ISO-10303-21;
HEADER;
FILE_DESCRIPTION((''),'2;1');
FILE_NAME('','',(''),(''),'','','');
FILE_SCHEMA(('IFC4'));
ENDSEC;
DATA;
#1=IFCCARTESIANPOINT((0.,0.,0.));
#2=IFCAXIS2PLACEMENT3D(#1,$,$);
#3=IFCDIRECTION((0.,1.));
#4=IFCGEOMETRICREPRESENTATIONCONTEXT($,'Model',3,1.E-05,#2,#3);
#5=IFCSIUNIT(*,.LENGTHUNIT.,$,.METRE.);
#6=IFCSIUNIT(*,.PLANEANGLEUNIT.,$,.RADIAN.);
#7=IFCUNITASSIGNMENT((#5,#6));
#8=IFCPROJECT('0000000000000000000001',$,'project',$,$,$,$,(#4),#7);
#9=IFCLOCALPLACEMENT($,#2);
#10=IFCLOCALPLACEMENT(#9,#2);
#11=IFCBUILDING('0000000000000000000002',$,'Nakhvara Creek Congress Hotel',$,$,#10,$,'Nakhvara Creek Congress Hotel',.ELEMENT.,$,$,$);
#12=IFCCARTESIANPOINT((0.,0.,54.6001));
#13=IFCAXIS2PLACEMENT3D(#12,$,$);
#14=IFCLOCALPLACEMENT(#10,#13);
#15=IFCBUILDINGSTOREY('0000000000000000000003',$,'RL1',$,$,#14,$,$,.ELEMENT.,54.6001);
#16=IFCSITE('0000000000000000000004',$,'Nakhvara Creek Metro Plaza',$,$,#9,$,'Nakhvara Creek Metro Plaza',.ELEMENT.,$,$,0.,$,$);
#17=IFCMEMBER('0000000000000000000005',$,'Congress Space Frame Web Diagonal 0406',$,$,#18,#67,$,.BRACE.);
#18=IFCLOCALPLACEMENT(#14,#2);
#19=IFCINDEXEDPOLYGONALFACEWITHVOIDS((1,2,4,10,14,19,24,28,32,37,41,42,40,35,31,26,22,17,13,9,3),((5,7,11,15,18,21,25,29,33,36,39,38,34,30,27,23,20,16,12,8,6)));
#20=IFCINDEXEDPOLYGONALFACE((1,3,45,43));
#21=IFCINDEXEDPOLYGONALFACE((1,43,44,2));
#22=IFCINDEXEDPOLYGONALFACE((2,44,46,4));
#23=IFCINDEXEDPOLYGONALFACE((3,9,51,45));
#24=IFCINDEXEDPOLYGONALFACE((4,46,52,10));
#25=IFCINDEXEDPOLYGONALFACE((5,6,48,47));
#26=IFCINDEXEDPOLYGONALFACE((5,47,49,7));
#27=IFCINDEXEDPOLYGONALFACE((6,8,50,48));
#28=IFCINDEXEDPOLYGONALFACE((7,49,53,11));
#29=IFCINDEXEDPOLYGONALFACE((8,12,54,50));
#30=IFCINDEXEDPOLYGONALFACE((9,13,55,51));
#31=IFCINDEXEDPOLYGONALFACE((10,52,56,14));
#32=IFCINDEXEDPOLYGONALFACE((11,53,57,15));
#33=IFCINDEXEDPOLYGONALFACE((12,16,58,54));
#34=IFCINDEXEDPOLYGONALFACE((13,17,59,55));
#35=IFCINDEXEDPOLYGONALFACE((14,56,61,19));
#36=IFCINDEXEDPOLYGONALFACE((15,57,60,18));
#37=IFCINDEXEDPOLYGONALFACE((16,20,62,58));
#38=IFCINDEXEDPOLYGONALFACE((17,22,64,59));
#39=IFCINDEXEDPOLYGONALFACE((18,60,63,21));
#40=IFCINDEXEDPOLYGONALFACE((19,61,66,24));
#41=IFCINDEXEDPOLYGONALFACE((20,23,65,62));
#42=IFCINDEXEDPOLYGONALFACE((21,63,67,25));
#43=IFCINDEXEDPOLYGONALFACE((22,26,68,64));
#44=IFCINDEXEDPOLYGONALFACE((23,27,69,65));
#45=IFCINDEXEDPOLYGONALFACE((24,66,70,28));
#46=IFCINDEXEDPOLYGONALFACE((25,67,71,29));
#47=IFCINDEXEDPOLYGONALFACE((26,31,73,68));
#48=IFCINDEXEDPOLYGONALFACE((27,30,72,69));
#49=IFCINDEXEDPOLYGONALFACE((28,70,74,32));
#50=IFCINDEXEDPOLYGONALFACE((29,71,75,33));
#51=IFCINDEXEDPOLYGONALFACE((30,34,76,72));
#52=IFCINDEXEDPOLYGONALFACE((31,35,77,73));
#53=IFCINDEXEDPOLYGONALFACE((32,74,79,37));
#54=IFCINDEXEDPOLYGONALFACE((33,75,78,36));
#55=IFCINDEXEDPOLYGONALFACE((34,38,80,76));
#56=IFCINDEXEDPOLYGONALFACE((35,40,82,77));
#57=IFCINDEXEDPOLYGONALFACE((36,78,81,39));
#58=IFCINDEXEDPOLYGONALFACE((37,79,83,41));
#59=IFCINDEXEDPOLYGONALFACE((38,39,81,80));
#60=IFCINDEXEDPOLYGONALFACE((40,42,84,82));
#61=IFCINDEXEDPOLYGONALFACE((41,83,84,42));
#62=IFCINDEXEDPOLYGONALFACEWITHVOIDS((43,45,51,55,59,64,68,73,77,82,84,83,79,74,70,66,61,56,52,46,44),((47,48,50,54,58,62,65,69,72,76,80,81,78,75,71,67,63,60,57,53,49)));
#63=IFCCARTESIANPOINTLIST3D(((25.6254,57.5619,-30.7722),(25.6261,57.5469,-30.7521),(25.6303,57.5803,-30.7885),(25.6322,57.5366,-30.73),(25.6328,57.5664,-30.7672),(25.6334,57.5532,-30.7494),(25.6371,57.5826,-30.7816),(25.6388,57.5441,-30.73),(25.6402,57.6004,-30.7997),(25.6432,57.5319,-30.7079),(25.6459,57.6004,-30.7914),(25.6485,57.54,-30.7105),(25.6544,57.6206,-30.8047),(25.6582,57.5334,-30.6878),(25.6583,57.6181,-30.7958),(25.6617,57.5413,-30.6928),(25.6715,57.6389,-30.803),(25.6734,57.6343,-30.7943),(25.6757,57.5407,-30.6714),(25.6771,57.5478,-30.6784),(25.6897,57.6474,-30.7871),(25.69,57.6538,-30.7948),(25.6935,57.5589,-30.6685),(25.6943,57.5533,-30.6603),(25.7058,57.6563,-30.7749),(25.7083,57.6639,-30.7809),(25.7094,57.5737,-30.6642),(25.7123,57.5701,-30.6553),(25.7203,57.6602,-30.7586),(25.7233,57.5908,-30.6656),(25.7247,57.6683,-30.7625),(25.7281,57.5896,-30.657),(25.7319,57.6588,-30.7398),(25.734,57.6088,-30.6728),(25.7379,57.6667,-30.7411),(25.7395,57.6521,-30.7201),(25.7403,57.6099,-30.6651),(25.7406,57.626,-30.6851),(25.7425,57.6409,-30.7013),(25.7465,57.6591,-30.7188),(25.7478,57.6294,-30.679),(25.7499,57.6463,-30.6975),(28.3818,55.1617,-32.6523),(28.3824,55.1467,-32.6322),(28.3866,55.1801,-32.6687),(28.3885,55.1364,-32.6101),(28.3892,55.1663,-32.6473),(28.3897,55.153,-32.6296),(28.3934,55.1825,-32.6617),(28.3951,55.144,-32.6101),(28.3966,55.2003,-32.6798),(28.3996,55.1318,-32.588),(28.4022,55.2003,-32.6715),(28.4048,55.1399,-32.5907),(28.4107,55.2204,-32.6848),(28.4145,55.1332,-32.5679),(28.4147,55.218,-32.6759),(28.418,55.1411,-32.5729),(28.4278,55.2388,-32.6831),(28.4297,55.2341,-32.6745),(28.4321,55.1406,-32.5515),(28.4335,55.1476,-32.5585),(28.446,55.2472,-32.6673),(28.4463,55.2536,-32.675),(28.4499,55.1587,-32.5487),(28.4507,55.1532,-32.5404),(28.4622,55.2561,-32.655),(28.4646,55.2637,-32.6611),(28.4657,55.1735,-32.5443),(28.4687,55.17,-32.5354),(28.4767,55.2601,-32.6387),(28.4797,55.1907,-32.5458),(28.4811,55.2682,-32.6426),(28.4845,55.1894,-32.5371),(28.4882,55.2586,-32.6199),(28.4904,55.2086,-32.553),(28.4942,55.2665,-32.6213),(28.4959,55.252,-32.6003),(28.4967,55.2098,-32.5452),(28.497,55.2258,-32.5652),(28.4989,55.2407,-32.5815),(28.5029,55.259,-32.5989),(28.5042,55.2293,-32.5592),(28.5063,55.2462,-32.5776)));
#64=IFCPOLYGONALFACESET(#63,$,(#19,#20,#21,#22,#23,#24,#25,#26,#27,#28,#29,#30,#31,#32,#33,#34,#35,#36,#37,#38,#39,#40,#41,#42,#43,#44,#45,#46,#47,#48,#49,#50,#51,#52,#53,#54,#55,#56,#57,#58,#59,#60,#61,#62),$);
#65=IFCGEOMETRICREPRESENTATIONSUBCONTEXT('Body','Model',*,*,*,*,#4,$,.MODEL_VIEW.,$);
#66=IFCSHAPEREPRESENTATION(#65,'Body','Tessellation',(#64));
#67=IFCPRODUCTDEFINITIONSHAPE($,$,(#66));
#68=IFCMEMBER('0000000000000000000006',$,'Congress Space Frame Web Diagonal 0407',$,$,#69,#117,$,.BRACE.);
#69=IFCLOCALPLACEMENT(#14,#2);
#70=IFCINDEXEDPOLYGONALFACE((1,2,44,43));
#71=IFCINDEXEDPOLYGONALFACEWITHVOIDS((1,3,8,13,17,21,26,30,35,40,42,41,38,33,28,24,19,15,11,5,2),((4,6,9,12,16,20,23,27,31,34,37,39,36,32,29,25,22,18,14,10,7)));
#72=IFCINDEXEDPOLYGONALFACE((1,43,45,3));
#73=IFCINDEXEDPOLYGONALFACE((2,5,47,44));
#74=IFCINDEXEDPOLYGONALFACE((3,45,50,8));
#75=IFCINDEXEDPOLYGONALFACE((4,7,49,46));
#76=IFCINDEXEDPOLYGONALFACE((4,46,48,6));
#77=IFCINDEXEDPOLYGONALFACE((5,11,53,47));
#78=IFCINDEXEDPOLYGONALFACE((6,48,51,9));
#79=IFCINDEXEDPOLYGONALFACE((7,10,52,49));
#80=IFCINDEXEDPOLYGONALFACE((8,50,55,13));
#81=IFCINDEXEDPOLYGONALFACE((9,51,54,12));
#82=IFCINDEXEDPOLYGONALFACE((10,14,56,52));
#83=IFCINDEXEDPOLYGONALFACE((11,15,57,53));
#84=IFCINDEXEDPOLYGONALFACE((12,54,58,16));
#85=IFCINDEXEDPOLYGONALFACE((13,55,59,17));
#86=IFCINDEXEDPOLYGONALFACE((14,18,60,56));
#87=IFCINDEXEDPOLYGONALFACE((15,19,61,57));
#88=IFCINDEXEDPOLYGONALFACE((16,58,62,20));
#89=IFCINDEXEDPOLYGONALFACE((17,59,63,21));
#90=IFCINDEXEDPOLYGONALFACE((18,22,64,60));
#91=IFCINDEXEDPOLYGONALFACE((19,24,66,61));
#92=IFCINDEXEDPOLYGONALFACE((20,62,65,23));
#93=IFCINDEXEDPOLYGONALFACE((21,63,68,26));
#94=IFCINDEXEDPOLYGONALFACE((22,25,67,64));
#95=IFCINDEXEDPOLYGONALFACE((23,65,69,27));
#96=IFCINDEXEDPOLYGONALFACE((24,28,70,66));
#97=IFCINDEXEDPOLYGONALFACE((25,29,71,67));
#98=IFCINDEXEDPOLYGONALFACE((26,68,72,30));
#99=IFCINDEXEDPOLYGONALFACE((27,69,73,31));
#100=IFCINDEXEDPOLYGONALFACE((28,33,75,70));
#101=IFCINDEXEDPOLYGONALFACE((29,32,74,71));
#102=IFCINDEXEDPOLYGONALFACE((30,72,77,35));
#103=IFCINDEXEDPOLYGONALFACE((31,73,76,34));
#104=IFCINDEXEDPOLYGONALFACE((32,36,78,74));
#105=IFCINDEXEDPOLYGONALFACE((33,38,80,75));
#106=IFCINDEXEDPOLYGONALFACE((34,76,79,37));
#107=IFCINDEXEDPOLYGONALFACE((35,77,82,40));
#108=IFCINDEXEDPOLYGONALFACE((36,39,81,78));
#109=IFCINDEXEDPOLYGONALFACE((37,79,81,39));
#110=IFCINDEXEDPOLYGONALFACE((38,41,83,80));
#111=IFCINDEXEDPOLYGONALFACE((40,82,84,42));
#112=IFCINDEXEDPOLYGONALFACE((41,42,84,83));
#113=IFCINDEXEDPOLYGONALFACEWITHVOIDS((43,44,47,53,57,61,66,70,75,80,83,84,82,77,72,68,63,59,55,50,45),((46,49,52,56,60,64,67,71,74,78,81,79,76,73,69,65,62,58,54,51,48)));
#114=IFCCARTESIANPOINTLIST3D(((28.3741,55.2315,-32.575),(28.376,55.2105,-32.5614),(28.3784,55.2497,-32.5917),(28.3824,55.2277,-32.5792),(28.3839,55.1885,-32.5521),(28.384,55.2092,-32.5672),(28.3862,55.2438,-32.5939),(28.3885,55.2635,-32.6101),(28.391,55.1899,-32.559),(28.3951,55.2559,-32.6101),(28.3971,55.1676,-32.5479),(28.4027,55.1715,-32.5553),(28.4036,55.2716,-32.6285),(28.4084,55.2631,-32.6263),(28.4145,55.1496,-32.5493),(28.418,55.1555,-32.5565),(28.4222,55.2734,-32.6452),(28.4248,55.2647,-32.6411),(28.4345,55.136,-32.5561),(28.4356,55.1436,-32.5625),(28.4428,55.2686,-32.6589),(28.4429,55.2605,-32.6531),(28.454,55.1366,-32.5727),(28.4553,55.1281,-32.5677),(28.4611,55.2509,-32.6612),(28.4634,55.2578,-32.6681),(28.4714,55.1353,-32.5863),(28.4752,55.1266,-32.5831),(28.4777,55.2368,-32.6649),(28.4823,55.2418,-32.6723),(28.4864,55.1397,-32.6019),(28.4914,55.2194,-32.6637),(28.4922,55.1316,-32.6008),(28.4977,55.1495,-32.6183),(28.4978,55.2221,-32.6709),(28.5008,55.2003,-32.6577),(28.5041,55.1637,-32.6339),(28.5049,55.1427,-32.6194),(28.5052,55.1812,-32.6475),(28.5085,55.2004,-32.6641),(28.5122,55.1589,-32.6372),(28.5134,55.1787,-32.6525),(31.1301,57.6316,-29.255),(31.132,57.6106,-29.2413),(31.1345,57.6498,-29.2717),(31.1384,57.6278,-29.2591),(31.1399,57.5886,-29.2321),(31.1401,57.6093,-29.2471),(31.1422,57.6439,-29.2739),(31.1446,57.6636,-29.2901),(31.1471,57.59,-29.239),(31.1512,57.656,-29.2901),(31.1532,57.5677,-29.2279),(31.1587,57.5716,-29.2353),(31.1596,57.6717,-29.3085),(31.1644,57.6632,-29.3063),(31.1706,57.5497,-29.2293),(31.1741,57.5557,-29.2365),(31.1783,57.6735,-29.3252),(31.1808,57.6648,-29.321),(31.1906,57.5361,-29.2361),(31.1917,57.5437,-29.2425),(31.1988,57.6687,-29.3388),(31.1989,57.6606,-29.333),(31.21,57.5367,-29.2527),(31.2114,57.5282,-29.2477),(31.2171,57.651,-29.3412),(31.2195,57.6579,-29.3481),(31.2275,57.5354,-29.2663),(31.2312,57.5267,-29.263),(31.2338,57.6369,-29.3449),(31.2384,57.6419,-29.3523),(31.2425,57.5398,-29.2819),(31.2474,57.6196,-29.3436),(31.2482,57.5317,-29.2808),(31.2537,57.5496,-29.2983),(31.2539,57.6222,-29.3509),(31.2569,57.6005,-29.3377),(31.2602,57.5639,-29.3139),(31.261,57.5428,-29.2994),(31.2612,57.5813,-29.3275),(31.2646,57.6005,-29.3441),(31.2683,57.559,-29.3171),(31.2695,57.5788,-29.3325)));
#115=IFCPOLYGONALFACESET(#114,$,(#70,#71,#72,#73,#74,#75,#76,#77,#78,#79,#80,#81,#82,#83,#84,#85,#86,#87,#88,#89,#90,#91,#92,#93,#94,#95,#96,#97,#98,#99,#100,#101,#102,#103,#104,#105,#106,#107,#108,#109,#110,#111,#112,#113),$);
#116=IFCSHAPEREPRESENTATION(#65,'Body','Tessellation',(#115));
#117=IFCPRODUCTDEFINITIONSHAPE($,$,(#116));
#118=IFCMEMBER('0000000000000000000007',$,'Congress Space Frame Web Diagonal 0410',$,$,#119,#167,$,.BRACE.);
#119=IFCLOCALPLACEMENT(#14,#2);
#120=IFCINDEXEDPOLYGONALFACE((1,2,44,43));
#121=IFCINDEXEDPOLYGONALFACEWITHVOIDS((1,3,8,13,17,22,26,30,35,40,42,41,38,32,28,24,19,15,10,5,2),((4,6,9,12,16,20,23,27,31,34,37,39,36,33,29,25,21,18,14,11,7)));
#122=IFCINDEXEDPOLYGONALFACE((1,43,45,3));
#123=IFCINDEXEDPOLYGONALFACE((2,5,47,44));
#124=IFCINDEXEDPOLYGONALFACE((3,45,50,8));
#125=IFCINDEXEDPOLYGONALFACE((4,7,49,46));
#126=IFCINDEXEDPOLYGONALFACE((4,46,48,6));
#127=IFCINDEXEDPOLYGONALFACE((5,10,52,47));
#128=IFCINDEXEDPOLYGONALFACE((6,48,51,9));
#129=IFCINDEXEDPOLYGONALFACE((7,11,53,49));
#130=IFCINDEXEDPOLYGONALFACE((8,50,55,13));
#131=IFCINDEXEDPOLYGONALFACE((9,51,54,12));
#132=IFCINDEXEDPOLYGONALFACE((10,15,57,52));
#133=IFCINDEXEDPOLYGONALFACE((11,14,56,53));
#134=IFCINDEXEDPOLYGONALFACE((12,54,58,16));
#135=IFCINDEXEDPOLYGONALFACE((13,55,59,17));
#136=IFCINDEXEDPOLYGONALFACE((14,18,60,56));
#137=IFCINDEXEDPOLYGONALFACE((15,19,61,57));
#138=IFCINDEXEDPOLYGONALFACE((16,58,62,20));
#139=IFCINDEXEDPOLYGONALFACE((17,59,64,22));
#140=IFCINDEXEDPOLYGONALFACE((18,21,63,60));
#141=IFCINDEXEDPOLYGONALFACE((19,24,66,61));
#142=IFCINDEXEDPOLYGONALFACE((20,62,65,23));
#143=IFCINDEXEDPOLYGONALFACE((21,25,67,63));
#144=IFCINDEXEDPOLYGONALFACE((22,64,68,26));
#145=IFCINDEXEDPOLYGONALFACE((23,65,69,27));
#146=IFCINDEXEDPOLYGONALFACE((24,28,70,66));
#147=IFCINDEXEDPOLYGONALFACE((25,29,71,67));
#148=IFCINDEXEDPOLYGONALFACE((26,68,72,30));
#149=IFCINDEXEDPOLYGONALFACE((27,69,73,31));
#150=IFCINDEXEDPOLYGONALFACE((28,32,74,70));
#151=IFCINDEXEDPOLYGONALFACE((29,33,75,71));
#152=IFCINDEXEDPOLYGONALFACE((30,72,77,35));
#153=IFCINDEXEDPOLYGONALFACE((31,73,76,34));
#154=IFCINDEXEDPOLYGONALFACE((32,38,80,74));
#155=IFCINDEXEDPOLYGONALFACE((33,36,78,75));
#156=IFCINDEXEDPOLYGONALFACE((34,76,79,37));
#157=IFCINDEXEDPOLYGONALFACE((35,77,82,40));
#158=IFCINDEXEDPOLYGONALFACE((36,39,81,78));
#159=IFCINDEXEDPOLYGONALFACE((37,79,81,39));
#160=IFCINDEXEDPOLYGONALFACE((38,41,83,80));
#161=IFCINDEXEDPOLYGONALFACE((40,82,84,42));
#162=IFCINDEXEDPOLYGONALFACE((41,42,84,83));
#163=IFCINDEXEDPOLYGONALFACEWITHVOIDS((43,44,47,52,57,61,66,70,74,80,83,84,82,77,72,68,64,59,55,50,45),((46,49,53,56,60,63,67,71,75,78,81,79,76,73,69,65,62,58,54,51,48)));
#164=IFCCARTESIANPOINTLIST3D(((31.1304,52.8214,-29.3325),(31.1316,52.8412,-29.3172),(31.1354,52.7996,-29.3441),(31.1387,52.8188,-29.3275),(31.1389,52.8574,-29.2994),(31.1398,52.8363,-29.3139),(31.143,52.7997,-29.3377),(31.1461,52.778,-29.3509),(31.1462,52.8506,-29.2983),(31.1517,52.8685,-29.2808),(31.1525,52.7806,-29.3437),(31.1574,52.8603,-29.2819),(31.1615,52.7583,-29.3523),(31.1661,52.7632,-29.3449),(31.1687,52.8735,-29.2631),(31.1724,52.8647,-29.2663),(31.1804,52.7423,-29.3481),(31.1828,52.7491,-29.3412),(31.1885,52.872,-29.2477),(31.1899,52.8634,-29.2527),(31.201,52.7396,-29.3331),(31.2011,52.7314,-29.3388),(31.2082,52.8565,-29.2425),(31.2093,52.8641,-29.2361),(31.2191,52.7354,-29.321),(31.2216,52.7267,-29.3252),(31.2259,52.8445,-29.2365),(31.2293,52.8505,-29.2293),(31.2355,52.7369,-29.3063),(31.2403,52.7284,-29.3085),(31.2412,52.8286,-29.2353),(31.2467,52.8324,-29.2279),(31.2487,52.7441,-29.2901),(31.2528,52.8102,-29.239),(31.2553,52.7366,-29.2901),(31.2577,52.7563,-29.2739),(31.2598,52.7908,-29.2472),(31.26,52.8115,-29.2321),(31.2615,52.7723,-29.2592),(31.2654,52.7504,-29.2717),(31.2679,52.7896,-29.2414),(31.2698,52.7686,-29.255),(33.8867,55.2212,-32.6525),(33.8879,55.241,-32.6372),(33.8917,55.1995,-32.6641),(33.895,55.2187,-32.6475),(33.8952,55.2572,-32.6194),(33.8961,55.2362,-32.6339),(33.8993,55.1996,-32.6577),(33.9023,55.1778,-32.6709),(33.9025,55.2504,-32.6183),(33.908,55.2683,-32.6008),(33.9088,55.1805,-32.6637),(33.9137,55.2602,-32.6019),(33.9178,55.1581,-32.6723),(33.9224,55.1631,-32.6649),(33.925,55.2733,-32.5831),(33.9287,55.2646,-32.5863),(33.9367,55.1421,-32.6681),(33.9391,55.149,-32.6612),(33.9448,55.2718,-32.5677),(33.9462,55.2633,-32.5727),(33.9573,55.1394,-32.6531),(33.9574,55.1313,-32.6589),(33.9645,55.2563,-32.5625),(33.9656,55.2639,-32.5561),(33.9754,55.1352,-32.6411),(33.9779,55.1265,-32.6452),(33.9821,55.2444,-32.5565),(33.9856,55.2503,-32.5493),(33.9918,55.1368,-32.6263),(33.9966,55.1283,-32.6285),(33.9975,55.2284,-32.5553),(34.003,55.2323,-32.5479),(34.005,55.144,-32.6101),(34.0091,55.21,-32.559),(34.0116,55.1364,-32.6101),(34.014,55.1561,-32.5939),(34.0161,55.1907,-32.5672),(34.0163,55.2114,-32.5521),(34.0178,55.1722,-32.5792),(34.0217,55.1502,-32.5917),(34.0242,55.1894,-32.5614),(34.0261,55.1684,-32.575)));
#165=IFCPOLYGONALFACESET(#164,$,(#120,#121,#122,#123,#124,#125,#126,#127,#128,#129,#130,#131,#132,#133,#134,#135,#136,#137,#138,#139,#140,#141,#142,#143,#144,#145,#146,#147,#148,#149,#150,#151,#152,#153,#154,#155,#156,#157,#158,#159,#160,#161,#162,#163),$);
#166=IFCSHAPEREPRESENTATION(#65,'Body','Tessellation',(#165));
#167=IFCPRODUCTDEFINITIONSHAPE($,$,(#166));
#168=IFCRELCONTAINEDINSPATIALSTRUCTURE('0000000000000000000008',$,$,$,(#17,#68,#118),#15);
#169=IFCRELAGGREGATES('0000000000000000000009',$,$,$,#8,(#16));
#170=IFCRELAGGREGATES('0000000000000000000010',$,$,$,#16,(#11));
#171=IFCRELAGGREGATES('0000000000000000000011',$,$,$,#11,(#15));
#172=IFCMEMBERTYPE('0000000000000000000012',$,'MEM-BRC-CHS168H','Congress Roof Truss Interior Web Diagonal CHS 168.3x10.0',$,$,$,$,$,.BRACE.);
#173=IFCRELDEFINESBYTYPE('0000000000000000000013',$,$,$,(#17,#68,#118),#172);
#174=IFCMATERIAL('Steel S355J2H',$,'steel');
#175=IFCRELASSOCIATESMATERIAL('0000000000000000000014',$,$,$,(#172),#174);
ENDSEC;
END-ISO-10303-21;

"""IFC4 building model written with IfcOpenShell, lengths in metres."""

from ifc_helpers import new_model, si_unit, direction, frame, origin, origin_2d, place, context, subcontext, project, spatial, hollow_circle, extrude, material, material_profile, profile_set, type_object, element, save


model = new_model("IFC4")

# Units and contexts
model_context = context("Model", 3, precision=1e-05, world=origin(), true_north=direction((0.0, 1.0)))
body_context = subcontext(model_context, "Body", "Model", "MODEL_VIEW")
ifc_project = project(units=[si_unit("LENGTHUNIT", "METRE"), si_unit("PLANEANGLEUNIT", "RADIAN")], contexts=[model_context])

# Site, building, storey
site_placement = place(None, origin())
site = spatial("IfcSite", under=ifc_project, at=site_placement, Name="Nakhvara Creek Metro Plaza", LongName="Nakhvara Creek Metro Plaza", CompositionType="ELEMENT", RefElevation=0.0)
building_placement = place(site_placement, origin())
building = spatial("IfcBuilding", under=site, at=building_placement, Name="Nakhvara Creek Congress Hotel", LongName="Nakhvara Creek Congress Hotel", CompositionType="ELEMENT")
storey_placement = place(building_placement, frame((0.0, 0.0, 54.6001)))
storey = spatial("IfcBuildingStorey", under=building, at=storey_placement, Name="RL1", CompositionType="ELEMENT", Elevation=54.6001)

# Members
ifc_material_1 = material(Name="Steel S355J2H", Category="steel")
ifc_material_profile_1 = material_profile(ifc_material_1, hollow_circle(Radius=0.0842, WallThickness=0.01, at=origin_2d()), Name="CHS 168.3x10.0", Category="LoadBearing")
ifc_profile_set_1 = profile_set([ifc_material_profile_1], Name="Steel S355J2H")
member_type_1 = type_object("IfcMemberType", Name="MEM-BRC-CHS168H", Description="Congress Roof Truss Interior Web Diagonal CHS 168.3x10.0", PredefinedType="BRACE", material=ifc_profile_set_1)
member_1_placement = place(storey_placement, frame((28.4438, 55.2, -32.6101), z_axis=(-0.670626, 0.583961, 0.457439), x_axis=(-0.656696, -0.754155, 0.0)))
element("IfcMember", 1, at=member_1_placement, inside=storey, type_object=member_type_1, Name="Congress Space Frame Web Diagonal 0406", PredefinedType="BRACE", context=body_context, shape_type="SweptSolid", body=[
    extrude(hollow_circle(Radius=0.0842, WallThickness=0.01, at=origin_2d()), origin(), (0.0, 0.0, 1.0), 4.1101),
])
for number, where, z_axis, x_axis, name in (
    (2, (28.4438, 55.2, -32.6101), (0.55819, 0.486098, 0.672408), (-0.656729, 0.754126, 0.0), "Congress Space Frame Web Diagonal 0407"),
    (3, (33.9563, 55.2, -32.6101), (-0.558237, -0.486047, 0.672406), (0.656658, -0.754188, 0.0), "Congress Space Frame Web Diagonal 0410"),
):
    element("IfcMember", number, at=place(storey_placement, frame(where, z_axis=z_axis, x_axis=x_axis)), inside=storey, type_object=member_type_1, Name=name, PredefinedType="BRACE", context=body_context, shape_type="SweptSolid", body=[
        extrude(hollow_circle(Radius=0.0842, WallThickness=0.01, at=origin_2d()), origin(), (0.0, 0.0, 1.0), 4.9375),
    ])

save(model, "model.ifc")
